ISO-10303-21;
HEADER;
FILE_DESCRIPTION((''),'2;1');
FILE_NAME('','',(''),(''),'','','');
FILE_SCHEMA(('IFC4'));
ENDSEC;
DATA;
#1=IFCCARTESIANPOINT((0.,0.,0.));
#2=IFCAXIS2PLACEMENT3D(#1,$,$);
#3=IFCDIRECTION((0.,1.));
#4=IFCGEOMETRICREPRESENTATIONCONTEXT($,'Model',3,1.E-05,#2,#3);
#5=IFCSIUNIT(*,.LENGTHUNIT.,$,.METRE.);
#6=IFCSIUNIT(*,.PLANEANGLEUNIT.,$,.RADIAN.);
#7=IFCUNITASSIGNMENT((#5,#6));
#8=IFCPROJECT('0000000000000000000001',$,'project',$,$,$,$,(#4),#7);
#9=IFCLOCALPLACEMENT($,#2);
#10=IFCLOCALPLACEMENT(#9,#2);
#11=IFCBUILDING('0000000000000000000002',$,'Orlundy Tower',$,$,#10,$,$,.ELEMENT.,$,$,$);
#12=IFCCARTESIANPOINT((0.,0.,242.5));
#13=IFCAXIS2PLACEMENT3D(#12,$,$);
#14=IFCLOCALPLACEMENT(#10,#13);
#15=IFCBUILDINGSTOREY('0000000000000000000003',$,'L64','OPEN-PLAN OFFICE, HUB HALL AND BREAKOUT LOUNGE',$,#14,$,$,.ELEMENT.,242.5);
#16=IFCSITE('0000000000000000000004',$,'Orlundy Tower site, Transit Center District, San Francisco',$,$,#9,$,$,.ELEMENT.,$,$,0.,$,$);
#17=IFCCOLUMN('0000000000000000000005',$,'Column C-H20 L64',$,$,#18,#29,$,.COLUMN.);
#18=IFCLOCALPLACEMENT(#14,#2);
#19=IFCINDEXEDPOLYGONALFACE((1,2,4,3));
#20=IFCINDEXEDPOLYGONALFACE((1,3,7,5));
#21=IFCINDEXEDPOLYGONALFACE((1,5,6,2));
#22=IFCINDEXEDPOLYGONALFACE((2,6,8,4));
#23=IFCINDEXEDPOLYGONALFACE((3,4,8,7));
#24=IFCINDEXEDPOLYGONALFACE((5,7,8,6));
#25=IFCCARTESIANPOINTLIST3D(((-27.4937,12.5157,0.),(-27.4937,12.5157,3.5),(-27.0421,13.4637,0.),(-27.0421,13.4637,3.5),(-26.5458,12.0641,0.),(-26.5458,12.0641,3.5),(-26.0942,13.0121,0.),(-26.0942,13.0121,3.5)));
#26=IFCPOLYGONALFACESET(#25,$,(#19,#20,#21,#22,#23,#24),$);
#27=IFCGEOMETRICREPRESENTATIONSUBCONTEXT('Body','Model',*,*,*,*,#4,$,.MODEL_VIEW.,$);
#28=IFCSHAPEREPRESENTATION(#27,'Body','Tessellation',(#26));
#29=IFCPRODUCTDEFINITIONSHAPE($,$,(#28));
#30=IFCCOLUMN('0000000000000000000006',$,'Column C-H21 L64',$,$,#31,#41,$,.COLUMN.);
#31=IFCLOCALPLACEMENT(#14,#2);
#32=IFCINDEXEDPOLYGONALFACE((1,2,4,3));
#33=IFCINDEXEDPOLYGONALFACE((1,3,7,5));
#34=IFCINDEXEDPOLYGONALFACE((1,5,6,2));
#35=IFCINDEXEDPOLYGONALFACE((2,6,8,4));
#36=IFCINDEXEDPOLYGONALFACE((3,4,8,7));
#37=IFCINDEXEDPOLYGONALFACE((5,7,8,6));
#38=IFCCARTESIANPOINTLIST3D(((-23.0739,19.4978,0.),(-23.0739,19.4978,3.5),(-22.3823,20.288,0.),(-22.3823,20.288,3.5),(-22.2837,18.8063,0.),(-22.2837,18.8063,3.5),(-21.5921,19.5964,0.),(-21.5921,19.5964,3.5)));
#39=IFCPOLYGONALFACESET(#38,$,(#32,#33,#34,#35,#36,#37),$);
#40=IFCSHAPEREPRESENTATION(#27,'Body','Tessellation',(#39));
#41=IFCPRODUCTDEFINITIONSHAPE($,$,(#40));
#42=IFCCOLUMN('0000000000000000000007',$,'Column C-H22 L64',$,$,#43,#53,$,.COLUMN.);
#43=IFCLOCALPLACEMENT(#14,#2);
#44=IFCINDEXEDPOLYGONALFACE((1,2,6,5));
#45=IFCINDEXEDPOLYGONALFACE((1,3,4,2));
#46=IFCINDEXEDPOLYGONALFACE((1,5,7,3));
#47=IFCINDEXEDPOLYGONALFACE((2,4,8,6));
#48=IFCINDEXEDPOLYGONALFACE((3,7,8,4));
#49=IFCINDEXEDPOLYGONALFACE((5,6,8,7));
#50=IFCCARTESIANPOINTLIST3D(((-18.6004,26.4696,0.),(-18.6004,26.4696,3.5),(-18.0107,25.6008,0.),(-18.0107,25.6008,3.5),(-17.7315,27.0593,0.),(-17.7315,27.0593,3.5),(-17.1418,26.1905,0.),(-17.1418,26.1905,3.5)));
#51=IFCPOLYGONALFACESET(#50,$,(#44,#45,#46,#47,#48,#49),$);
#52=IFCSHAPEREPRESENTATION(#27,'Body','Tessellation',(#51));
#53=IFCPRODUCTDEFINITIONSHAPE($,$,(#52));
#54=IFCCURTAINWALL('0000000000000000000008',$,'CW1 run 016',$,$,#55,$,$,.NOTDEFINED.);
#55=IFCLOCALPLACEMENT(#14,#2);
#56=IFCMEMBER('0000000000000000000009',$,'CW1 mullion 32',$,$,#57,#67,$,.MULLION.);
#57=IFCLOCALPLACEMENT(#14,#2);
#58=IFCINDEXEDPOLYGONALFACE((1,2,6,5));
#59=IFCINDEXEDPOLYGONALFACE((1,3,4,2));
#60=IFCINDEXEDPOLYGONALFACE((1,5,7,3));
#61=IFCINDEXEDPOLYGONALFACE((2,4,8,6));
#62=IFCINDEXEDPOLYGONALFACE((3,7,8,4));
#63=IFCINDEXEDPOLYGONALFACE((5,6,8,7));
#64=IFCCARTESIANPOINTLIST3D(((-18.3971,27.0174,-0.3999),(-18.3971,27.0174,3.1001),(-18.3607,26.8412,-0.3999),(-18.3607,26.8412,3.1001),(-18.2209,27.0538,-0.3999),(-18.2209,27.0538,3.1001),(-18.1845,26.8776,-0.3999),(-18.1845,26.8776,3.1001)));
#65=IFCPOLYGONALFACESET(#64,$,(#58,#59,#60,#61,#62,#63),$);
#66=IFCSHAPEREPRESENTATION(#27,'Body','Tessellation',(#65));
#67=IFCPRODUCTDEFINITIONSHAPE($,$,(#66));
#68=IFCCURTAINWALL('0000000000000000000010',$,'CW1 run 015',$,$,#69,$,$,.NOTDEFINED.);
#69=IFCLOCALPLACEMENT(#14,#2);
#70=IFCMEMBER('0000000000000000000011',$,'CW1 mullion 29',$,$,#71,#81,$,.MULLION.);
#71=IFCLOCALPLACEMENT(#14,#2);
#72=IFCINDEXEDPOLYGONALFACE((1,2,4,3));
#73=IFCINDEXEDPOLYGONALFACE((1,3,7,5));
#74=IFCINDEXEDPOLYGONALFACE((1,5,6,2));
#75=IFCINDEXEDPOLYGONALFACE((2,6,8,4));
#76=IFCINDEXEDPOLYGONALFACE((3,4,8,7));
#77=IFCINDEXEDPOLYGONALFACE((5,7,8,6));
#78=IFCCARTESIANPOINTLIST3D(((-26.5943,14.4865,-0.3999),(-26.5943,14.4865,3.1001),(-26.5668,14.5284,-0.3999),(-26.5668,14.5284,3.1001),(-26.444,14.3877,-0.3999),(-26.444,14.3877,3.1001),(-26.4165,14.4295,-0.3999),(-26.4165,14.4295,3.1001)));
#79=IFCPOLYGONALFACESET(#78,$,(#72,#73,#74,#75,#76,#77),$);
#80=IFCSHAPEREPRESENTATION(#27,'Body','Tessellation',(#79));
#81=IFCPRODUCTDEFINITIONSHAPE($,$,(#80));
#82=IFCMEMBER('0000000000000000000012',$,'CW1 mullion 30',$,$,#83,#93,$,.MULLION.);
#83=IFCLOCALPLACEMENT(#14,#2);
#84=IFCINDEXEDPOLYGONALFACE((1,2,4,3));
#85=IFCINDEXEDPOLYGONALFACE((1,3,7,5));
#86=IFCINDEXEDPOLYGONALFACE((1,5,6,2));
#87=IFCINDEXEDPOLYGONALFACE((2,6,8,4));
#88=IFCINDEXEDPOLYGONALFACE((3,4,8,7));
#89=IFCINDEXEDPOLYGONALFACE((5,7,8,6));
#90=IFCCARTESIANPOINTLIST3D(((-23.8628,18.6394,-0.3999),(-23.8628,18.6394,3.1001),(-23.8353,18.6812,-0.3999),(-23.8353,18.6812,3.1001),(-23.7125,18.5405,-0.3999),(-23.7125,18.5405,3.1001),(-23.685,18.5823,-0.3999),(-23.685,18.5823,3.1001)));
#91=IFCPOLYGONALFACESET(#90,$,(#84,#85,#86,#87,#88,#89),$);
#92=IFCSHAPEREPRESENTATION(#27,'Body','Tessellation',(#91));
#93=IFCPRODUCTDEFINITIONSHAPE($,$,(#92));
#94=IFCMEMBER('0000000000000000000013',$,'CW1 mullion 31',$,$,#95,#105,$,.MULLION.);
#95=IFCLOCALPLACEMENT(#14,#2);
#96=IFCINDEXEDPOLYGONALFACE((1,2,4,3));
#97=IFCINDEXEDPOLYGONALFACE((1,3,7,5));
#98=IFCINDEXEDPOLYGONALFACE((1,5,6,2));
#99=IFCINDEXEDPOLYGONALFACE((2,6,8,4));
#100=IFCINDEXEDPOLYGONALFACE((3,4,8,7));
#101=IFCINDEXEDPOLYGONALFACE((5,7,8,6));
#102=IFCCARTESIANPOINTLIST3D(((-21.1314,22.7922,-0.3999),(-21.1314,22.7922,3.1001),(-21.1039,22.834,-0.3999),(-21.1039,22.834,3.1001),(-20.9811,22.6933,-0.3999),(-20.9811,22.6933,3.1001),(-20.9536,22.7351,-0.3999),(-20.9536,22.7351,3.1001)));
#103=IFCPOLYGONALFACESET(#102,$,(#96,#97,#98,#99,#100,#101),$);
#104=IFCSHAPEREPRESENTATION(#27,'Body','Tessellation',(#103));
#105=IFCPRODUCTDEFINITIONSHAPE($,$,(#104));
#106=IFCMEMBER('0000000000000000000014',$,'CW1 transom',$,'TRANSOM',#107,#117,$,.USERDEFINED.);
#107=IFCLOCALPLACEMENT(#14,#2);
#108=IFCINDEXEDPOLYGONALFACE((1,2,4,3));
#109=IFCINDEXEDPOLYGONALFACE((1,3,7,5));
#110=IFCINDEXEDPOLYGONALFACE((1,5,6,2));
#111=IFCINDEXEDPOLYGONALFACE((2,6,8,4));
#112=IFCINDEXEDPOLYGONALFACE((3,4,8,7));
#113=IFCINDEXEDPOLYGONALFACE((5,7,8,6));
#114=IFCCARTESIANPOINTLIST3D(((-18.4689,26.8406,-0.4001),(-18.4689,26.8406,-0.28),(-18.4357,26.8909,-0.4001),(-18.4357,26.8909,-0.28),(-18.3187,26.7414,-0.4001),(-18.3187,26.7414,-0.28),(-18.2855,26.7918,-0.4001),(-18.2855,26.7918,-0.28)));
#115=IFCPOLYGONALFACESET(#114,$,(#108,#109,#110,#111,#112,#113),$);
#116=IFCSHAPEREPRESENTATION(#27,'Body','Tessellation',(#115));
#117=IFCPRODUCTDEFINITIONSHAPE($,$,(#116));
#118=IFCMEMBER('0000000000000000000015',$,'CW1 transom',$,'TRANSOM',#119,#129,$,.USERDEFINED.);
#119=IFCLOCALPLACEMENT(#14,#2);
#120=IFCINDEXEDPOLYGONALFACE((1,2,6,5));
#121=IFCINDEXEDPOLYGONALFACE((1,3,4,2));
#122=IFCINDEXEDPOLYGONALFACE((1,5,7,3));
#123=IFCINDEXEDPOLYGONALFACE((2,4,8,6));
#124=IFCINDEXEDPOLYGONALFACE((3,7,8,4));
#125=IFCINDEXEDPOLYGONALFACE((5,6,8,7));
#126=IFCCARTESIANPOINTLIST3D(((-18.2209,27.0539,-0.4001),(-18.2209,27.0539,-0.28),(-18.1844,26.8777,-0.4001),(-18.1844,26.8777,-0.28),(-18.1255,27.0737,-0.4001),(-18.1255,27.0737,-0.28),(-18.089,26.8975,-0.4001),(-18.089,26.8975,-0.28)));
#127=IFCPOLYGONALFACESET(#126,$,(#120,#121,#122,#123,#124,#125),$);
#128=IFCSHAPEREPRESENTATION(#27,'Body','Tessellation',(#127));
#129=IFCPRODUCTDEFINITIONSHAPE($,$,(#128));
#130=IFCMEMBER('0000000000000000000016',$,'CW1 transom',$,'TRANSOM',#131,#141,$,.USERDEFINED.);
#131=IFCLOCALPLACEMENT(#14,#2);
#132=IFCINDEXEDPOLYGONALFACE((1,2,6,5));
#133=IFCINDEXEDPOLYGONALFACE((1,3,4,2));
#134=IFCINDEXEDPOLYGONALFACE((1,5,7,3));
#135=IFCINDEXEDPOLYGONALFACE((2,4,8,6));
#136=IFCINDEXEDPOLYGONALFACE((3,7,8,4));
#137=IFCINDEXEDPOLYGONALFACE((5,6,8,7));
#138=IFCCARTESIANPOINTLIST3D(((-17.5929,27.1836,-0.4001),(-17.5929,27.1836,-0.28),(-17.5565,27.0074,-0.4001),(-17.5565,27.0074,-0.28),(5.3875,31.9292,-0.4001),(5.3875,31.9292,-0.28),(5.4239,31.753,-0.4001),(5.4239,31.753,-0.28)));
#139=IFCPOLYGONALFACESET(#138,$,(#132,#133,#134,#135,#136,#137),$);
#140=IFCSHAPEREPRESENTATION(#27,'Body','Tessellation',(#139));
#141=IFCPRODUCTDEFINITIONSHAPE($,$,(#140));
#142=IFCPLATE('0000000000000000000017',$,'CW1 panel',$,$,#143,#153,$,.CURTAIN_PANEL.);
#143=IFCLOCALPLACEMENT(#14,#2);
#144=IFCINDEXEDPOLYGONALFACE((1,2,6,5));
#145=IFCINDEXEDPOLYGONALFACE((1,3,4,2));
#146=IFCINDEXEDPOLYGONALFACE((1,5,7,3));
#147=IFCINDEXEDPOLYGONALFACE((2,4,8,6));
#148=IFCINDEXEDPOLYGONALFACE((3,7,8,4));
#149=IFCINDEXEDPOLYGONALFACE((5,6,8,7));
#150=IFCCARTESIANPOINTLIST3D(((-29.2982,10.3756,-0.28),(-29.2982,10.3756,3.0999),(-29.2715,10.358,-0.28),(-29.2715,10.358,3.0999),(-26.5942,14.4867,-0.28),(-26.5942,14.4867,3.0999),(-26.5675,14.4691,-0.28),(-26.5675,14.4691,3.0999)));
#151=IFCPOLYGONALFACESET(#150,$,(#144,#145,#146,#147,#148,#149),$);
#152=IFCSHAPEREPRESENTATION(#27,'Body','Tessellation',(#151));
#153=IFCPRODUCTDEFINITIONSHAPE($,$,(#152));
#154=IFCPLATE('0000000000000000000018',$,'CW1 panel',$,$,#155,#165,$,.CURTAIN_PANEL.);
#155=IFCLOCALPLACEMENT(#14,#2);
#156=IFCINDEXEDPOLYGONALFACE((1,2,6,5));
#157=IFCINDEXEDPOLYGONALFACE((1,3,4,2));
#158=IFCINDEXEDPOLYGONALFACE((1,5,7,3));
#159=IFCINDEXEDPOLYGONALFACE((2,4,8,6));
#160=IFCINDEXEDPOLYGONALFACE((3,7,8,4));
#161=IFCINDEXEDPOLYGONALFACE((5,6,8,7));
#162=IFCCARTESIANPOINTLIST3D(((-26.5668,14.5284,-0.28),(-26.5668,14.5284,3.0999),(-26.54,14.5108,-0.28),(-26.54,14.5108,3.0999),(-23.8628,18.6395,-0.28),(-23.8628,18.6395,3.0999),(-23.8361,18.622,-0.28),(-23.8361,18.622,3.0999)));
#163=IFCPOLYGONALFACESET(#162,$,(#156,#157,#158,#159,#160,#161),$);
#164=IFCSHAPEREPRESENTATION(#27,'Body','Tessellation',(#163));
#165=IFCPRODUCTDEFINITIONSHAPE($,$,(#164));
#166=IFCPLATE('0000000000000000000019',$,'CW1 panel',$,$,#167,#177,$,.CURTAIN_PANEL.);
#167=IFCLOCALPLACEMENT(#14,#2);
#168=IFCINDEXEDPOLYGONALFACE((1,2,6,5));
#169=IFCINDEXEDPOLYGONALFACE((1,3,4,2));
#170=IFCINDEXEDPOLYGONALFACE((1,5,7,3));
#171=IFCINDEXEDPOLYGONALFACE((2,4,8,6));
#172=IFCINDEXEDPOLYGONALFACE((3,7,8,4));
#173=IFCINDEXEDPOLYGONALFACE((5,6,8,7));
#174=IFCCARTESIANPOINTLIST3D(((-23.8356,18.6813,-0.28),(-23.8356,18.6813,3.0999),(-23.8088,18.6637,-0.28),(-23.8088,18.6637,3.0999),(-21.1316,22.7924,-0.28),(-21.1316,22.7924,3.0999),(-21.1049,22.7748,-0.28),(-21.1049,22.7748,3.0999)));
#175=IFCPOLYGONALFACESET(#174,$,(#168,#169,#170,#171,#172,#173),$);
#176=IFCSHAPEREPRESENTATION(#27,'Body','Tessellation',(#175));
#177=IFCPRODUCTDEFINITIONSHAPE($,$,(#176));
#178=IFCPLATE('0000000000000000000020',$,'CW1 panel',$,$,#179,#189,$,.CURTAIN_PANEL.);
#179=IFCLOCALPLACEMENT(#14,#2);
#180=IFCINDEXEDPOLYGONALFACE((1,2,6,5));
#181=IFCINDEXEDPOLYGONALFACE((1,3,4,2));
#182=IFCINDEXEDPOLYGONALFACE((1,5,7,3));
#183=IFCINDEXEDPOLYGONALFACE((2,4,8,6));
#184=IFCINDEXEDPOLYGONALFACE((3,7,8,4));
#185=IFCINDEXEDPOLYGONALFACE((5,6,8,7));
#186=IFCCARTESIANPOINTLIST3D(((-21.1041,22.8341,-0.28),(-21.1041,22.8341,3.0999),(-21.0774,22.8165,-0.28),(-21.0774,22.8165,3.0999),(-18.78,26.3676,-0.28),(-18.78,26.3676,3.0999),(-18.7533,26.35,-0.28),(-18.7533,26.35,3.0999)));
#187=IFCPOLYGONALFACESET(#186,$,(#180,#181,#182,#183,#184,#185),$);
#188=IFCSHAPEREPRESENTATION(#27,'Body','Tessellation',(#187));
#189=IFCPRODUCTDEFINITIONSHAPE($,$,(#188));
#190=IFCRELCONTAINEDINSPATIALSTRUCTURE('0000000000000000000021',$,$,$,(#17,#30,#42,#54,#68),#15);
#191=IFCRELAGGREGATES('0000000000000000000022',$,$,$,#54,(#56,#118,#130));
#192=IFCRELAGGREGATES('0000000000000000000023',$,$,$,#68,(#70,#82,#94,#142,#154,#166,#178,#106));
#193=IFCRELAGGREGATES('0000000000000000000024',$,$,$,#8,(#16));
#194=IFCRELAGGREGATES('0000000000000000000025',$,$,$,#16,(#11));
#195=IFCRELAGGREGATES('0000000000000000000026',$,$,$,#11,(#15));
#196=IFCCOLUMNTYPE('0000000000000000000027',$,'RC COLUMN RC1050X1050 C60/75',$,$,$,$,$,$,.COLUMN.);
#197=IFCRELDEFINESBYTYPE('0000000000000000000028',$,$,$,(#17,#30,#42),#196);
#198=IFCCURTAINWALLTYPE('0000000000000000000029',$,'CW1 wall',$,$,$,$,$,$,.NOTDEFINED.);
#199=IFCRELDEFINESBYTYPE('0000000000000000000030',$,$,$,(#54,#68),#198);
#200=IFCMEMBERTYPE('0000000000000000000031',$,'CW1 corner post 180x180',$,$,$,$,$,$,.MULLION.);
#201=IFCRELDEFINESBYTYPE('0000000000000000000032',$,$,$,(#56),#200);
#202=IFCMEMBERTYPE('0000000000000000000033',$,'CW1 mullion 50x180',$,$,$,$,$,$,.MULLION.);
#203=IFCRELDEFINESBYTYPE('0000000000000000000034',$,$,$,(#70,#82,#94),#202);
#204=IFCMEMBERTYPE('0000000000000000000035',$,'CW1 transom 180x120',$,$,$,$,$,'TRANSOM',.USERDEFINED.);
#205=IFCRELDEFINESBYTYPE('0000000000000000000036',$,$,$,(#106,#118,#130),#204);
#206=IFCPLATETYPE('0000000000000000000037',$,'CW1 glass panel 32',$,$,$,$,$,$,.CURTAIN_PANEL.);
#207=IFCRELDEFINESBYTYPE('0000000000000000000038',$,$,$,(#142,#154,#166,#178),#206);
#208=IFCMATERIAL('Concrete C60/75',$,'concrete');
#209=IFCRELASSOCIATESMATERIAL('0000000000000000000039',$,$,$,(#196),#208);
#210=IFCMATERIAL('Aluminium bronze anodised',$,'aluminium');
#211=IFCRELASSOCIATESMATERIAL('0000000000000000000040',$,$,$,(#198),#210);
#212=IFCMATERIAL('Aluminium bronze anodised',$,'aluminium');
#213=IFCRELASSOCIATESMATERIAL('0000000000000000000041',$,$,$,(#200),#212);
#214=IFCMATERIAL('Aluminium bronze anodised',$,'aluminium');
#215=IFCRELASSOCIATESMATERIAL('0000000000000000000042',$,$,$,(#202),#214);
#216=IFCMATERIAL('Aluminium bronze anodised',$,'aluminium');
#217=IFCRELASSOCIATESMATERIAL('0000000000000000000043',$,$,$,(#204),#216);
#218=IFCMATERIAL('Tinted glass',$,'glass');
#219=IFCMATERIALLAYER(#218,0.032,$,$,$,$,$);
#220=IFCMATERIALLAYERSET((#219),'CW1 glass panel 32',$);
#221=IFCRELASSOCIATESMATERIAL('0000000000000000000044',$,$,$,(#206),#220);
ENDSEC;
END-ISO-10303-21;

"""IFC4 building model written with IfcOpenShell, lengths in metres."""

from ifc_helpers import new_model, si_unit, direction, frame, origin, origin_2d, place, context, subcontext, project, spatial, rectangle, extrude, material, layer, layer_set, material_profile, profile_set, type_object, element, aggregate, save


model = new_model("IFC4")

# Units and contexts
model_context = context("Model", 3, precision=1e-05, world=origin(), true_north=direction((0.0, 1.0)))
body_context = subcontext(model_context, "Body", "Model", "MODEL_VIEW")
ifc_project = project(units=[si_unit("LENGTHUNIT", "METRE"), si_unit("PLANEANGLEUNIT", "RADIAN")], contexts=[model_context])

# Site, building, storey
site_placement = place(None, origin())
site = spatial("IfcSite", under=ifc_project, at=site_placement, Name="Orlundy Tower site, Transit Center District, San Francisco", CompositionType="ELEMENT", RefElevation=0.0)
building_placement = place(site_placement, origin())
building = spatial("IfcBuilding", under=site, at=building_placement, Name="Orlundy Tower", CompositionType="ELEMENT")
storey_placement = place(building_placement, frame((0.0, 0.0, 242.5)))
storey = spatial("IfcBuildingStorey", under=building, at=storey_placement, Name="L64", Description="OPEN-PLAN OFFICE, HUB HALL AND BREAKOUT LOUNGE", CompositionType="ELEMENT", Elevation=242.5)

# Columns
ifc_material_1 = material(Name="Concrete C60/75", Category="concrete")
ifc_material_profile_1 = material_profile(ifc_material_1, rectangle(XDim=1.05, YDim=1.05, at=origin_2d()), Name="RC1050X1050")
ifc_profile_set_1 = profile_set([ifc_material_profile_1], Name="Concrete C60/75")
column_type = type_object("IfcColumnType", Name="RC COLUMN RC1050X1050 C60/75", PredefinedType="COLUMN", material=ifc_profile_set_1)
for number, where, z_axis, x_axis, name in (
    (1, (-26.7939, 12.7639, 0.0), (0.0, 0.0, 1.0), (-0.902796, 0.43007, 0.0), "Column C-H20 L64"),
    (2, (-22.333, 19.5471, 0.0), (0.0, 0.0, 1.0), (-0.752484, 0.658611, 0.0), "Column C-H21 L64"),
    (3, (-17.8711, 26.3301, 0.0), (0.0, 0.0, 1.0), (-0.561592, 0.827414, 0.0), "Column C-H22 L64"),
):
    element("IfcColumn", number, at=place(storey_placement, frame(where, z_axis=z_axis, x_axis=x_axis)), inside=storey, type_object=column_type, Name=name, PredefinedType="COLUMN", context=body_context, shape_type="SweptSolid", body=[
        extrude(rectangle(XDim=1.05, YDim=1.05, at=origin_2d()), origin(), (0.0, 0.0, 1.0), 3.5),
    ])

# Curtain wall, member
ifc_material_2 = material(Name="Aluminium bronze anodised", Category="aluminium")
curtain_wall_type = type_object("IfcCurtainWallType", Name="CW1 wall", PredefinedType="NOTDEFINED", material=ifc_material_2)
curtain_wall_1_placement = place(storey_placement, origin())
curtain_wall_1 = element("IfcCurtainWall", 4, at=curtain_wall_1_placement, inside=storey, type_object=curtain_wall_type, Name="CW1 run 016", PredefinedType="NOTDEFINED")
ifc_material_3 = material(Name="Aluminium bronze anodised", Category="aluminium")
ifc_material_profile_2 = material_profile(ifc_material_3, rectangle(XDim=0.1799, YDim=0.1799, at=origin_2d()), Name="CW1 corner post 180x180")
ifc_profile_set_2 = profile_set([ifc_material_profile_2], Name="Aluminium bronze anodised")
member_type_1 = type_object("IfcMemberType", Name="CW1 corner post 180x180", PredefinedType="MULLION", material=ifc_profile_set_2)
member_1_placement = place(storey_placement, frame((-18.2908, 26.9475, -0.3999), z_axis=(0.0, 0.0, 1.0), x_axis=(-0.202233, 0.979337, 0.0)))
member_1 = element("IfcMember", 5, at=member_1_placement, type_object=member_type_1, Name="CW1 mullion 32", PredefinedType="MULLION", context=body_context, shape_type="SweptSolid", body=[
    extrude(rectangle(XDim=0.1799, YDim=0.1799, at=origin_2d()), origin(), (0.0, 0.0, 1.0), 3.5),
])

# Curtain wall, members
curtain_wall_2_placement = place(storey_placement, origin())
curtain_wall_2 = element("IfcCurtainWall", 6, at=curtain_wall_2_placement, inside=storey, type_object=curtain_wall_type, Name="CW1 run 015", PredefinedType="NOTDEFINED")
ifc_material_4 = material(Name="Aluminium bronze anodised", Category="aluminium")
ifc_material_profile_3 = material_profile(ifc_material_4, rectangle(XDim=0.1799, YDim=0.05, at=origin_2d()), Name="CW1 mullion 50x180")
ifc_profile_set_3 = profile_set([ifc_material_profile_3], Name="Aluminium bronze anodised")
member_type_2 = type_object("IfcMemberType", Name="CW1 mullion 50x180", PredefinedType="MULLION", material=ifc_profile_set_3)
member_2_placement = place(storey_placement, frame((-26.5054, 14.458, -0.3999), z_axis=(0.0, 0.0, 1.0), x_axis=(-0.835482, 0.549517, 0.0)))
member_2 = element("IfcMember", 7, at=member_2_placement, type_object=member_type_2, Name="CW1 mullion 29", PredefinedType="MULLION", context=body_context, shape_type="SweptSolid", body=[
    extrude(rectangle(XDim=0.1799, YDim=0.05, at=origin_2d()), origin(), (0.0, 0.0, 1.0), 3.5),
])
member_3_placement = place(storey_placement, frame((-23.7739, 18.6108, -0.3999), z_axis=(0.0, 0.0, 1.0), x_axis=(-0.835482, 0.549517, 0.0)))
member_3 = element("IfcMember", 8, at=member_3_placement, type_object=member_type_2, Name="CW1 mullion 30", PredefinedType="MULLION", context=body_context, shape_type="SweptSolid", body=[
    extrude(rectangle(XDim=0.1799, YDim=0.05, at=origin_2d()), origin(), (0.0, 0.0, 1.0), 3.5),
])
member_4_placement = place(storey_placement, frame((-21.0425, 22.7637, -0.3999), z_axis=(0.0, 0.0, 1.0), x_axis=(-0.835482, 0.549517, 0.0)))
member_4 = element("IfcMember", 9, at=member_4_placement, type_object=member_type_2, Name="CW1 mullion 31", PredefinedType="MULLION", context=body_context, shape_type="SweptSolid", body=[
    extrude(rectangle(XDim=0.1799, YDim=0.05, at=origin_2d()), origin(), (0.0, 0.0, 1.0), 3.5),
])
ifc_material_5 = material(Name="Aluminium bronze anodised", Category="aluminium")
ifc_material_profile_4 = material_profile(ifc_material_5, rectangle(XDim=0.1799, YDim=0.1201, at=origin_2d()), Name="CW1 transom 180x120")
ifc_profile_set_4 = profile_set([ifc_material_profile_4], Name="Aluminium bronze anodised")
member_type_3 = type_object("IfcMemberType", Name="CW1 transom 180x120", ElementType="TRANSOM", PredefinedType="USERDEFINED", material=ifc_profile_set_4)
member_5_placement = place(storey_placement, frame((-18.3938, 26.791, -0.3401), z_axis=(0.550955, 0.834535, 0.0), x_axis=(-0.834535, 0.550955, 0.0)))
member_5 = element("IfcMember", 10, at=member_5_placement, type_object=member_type_3, Name="CW1 transom", ObjectType="TRANSOM", PredefinedType="USERDEFINED", context=body_context, shape_type="SweptSolid", body=[
    extrude(rectangle(XDim=0.1799, YDim=0.1201, at=origin_2d()), origin(), (0.0, 0.0, 1.0), 0.0603),
])

# Members
member_6_placement = place(storey_placement, frame((-18.2026, 26.9658, -0.3401), z_axis=(0.979209, 0.202854, 0.0), x_axis=(-0.202854, 0.979209, 0.0)))
member_6 = element("IfcMember", 11, at=member_6_placement, type_object=member_type_3, Name="CW1 transom", ObjectType="TRANSOM", PredefinedType="USERDEFINED", context=body_context, shape_type="SweptSolid", body=[
    extrude(rectangle(XDim=0.1799, YDim=0.1201, at=origin_2d()), origin(), (0.0, 0.0, 1.0), 0.0974),
])
member_7_placement = place(storey_placement, frame((-17.5747, 27.0955, -0.3401), z_axis=(0.979336, 0.202239, 0.0), x_axis=(-0.202239, 0.979336, 0.0)))
member_7 = element("IfcMember", 12, at=member_7_placement, type_object=member_type_3, Name="CW1 transom", ObjectType="TRANSOM", PredefinedType="USERDEFINED", context=body_context, shape_type="SweptSolid", body=[
    extrude(rectangle(XDim=0.1799, YDim=0.1201, at=origin_2d()), origin(), (0.0, 0.0, 1.0), 23.4653),
])
aggregate(curtain_wall_1, [member_1, member_6, member_7])

# Plates
ifc_material_6 = material(Name="Tinted glass", Category="glass")
ifc_layer_1 = layer(ifc_material_6, 0.032)
ifc_layer_set_1 = layer_set([ifc_layer_1], Name="CW1 glass panel 32")
plate_type = type_object("IfcPlateType", Name="CW1 glass panel 32", PredefinedType="CURTAIN_PANEL", material=ifc_layer_set_1)
plate_1_placement = place(storey_placement, frame((-27.9329, 12.4224, -0.28), z_axis=(0.0, 0.0, 1.0), x_axis=(0.549517, 0.835482, 0.0)))
plate_1 = element("IfcPlate", 13, at=plate_1_placement, type_object=plate_type, Name="CW1 panel", PredefinedType="CURTAIN_PANEL", context=body_context, shape_type="SweptSolid", body=[
    extrude(rectangle(XDim=4.9207, YDim=0.032, at=origin_2d()), origin(), (0.0, 0.0, 1.0), 3.3799),
])
plate_2_placement = place(storey_placement, frame((-25.2014, 16.5752, -0.28), z_axis=(0.0, 0.0, 1.0), x_axis=(0.549517, 0.835482, 0.0)))
plate_2 = element("IfcPlate", 14, at=plate_2_placement, type_object=plate_type, Name="CW1 panel", PredefinedType="CURTAIN_PANEL", context=body_context, shape_type="SweptSolid", body=[
    extrude(rectangle(XDim=4.9207, YDim=0.032, at=origin_2d()), origin(), (0.0, 0.0, 1.0), 3.3799),
])
plate_3_placement = place(storey_placement, frame((-22.4702, 20.728, -0.28), z_axis=(0.0, 0.0, 1.0), x_axis=(0.549517, 0.835482, 0.0)))
plate_3 = element("IfcPlate", 15, at=plate_3_placement, type_object=plate_type, Name="CW1 panel", PredefinedType="CURTAIN_PANEL", context=body_context, shape_type="SweptSolid", body=[
    extrude(rectangle(XDim=4.9207, YDim=0.032, at=origin_2d()), origin(), (0.0, 0.0, 1.0), 3.3799),
])
plate_4_placement = place(storey_placement, frame((-19.9287, 24.592, -0.28), z_axis=(0.0, 0.0, 1.0), x_axis=(0.549517, 0.835482, 0.0)))
plate_4 = element("IfcPlate", 16, at=plate_4_placement, type_object=plate_type, Name="CW1 panel", PredefinedType="CURTAIN_PANEL", context=body_context, shape_type="SweptSolid", body=[
    extrude(rectangle(XDim=4.2292, YDim=0.032, at=origin_2d()), origin(), (0.0, 0.0, 1.0), 3.3799),
])
aggregate(curtain_wall_2, [member_2, member_3, member_4, plate_1, plate_2, plate_3, plate_4, member_5])

save(model, "model.ifc")
